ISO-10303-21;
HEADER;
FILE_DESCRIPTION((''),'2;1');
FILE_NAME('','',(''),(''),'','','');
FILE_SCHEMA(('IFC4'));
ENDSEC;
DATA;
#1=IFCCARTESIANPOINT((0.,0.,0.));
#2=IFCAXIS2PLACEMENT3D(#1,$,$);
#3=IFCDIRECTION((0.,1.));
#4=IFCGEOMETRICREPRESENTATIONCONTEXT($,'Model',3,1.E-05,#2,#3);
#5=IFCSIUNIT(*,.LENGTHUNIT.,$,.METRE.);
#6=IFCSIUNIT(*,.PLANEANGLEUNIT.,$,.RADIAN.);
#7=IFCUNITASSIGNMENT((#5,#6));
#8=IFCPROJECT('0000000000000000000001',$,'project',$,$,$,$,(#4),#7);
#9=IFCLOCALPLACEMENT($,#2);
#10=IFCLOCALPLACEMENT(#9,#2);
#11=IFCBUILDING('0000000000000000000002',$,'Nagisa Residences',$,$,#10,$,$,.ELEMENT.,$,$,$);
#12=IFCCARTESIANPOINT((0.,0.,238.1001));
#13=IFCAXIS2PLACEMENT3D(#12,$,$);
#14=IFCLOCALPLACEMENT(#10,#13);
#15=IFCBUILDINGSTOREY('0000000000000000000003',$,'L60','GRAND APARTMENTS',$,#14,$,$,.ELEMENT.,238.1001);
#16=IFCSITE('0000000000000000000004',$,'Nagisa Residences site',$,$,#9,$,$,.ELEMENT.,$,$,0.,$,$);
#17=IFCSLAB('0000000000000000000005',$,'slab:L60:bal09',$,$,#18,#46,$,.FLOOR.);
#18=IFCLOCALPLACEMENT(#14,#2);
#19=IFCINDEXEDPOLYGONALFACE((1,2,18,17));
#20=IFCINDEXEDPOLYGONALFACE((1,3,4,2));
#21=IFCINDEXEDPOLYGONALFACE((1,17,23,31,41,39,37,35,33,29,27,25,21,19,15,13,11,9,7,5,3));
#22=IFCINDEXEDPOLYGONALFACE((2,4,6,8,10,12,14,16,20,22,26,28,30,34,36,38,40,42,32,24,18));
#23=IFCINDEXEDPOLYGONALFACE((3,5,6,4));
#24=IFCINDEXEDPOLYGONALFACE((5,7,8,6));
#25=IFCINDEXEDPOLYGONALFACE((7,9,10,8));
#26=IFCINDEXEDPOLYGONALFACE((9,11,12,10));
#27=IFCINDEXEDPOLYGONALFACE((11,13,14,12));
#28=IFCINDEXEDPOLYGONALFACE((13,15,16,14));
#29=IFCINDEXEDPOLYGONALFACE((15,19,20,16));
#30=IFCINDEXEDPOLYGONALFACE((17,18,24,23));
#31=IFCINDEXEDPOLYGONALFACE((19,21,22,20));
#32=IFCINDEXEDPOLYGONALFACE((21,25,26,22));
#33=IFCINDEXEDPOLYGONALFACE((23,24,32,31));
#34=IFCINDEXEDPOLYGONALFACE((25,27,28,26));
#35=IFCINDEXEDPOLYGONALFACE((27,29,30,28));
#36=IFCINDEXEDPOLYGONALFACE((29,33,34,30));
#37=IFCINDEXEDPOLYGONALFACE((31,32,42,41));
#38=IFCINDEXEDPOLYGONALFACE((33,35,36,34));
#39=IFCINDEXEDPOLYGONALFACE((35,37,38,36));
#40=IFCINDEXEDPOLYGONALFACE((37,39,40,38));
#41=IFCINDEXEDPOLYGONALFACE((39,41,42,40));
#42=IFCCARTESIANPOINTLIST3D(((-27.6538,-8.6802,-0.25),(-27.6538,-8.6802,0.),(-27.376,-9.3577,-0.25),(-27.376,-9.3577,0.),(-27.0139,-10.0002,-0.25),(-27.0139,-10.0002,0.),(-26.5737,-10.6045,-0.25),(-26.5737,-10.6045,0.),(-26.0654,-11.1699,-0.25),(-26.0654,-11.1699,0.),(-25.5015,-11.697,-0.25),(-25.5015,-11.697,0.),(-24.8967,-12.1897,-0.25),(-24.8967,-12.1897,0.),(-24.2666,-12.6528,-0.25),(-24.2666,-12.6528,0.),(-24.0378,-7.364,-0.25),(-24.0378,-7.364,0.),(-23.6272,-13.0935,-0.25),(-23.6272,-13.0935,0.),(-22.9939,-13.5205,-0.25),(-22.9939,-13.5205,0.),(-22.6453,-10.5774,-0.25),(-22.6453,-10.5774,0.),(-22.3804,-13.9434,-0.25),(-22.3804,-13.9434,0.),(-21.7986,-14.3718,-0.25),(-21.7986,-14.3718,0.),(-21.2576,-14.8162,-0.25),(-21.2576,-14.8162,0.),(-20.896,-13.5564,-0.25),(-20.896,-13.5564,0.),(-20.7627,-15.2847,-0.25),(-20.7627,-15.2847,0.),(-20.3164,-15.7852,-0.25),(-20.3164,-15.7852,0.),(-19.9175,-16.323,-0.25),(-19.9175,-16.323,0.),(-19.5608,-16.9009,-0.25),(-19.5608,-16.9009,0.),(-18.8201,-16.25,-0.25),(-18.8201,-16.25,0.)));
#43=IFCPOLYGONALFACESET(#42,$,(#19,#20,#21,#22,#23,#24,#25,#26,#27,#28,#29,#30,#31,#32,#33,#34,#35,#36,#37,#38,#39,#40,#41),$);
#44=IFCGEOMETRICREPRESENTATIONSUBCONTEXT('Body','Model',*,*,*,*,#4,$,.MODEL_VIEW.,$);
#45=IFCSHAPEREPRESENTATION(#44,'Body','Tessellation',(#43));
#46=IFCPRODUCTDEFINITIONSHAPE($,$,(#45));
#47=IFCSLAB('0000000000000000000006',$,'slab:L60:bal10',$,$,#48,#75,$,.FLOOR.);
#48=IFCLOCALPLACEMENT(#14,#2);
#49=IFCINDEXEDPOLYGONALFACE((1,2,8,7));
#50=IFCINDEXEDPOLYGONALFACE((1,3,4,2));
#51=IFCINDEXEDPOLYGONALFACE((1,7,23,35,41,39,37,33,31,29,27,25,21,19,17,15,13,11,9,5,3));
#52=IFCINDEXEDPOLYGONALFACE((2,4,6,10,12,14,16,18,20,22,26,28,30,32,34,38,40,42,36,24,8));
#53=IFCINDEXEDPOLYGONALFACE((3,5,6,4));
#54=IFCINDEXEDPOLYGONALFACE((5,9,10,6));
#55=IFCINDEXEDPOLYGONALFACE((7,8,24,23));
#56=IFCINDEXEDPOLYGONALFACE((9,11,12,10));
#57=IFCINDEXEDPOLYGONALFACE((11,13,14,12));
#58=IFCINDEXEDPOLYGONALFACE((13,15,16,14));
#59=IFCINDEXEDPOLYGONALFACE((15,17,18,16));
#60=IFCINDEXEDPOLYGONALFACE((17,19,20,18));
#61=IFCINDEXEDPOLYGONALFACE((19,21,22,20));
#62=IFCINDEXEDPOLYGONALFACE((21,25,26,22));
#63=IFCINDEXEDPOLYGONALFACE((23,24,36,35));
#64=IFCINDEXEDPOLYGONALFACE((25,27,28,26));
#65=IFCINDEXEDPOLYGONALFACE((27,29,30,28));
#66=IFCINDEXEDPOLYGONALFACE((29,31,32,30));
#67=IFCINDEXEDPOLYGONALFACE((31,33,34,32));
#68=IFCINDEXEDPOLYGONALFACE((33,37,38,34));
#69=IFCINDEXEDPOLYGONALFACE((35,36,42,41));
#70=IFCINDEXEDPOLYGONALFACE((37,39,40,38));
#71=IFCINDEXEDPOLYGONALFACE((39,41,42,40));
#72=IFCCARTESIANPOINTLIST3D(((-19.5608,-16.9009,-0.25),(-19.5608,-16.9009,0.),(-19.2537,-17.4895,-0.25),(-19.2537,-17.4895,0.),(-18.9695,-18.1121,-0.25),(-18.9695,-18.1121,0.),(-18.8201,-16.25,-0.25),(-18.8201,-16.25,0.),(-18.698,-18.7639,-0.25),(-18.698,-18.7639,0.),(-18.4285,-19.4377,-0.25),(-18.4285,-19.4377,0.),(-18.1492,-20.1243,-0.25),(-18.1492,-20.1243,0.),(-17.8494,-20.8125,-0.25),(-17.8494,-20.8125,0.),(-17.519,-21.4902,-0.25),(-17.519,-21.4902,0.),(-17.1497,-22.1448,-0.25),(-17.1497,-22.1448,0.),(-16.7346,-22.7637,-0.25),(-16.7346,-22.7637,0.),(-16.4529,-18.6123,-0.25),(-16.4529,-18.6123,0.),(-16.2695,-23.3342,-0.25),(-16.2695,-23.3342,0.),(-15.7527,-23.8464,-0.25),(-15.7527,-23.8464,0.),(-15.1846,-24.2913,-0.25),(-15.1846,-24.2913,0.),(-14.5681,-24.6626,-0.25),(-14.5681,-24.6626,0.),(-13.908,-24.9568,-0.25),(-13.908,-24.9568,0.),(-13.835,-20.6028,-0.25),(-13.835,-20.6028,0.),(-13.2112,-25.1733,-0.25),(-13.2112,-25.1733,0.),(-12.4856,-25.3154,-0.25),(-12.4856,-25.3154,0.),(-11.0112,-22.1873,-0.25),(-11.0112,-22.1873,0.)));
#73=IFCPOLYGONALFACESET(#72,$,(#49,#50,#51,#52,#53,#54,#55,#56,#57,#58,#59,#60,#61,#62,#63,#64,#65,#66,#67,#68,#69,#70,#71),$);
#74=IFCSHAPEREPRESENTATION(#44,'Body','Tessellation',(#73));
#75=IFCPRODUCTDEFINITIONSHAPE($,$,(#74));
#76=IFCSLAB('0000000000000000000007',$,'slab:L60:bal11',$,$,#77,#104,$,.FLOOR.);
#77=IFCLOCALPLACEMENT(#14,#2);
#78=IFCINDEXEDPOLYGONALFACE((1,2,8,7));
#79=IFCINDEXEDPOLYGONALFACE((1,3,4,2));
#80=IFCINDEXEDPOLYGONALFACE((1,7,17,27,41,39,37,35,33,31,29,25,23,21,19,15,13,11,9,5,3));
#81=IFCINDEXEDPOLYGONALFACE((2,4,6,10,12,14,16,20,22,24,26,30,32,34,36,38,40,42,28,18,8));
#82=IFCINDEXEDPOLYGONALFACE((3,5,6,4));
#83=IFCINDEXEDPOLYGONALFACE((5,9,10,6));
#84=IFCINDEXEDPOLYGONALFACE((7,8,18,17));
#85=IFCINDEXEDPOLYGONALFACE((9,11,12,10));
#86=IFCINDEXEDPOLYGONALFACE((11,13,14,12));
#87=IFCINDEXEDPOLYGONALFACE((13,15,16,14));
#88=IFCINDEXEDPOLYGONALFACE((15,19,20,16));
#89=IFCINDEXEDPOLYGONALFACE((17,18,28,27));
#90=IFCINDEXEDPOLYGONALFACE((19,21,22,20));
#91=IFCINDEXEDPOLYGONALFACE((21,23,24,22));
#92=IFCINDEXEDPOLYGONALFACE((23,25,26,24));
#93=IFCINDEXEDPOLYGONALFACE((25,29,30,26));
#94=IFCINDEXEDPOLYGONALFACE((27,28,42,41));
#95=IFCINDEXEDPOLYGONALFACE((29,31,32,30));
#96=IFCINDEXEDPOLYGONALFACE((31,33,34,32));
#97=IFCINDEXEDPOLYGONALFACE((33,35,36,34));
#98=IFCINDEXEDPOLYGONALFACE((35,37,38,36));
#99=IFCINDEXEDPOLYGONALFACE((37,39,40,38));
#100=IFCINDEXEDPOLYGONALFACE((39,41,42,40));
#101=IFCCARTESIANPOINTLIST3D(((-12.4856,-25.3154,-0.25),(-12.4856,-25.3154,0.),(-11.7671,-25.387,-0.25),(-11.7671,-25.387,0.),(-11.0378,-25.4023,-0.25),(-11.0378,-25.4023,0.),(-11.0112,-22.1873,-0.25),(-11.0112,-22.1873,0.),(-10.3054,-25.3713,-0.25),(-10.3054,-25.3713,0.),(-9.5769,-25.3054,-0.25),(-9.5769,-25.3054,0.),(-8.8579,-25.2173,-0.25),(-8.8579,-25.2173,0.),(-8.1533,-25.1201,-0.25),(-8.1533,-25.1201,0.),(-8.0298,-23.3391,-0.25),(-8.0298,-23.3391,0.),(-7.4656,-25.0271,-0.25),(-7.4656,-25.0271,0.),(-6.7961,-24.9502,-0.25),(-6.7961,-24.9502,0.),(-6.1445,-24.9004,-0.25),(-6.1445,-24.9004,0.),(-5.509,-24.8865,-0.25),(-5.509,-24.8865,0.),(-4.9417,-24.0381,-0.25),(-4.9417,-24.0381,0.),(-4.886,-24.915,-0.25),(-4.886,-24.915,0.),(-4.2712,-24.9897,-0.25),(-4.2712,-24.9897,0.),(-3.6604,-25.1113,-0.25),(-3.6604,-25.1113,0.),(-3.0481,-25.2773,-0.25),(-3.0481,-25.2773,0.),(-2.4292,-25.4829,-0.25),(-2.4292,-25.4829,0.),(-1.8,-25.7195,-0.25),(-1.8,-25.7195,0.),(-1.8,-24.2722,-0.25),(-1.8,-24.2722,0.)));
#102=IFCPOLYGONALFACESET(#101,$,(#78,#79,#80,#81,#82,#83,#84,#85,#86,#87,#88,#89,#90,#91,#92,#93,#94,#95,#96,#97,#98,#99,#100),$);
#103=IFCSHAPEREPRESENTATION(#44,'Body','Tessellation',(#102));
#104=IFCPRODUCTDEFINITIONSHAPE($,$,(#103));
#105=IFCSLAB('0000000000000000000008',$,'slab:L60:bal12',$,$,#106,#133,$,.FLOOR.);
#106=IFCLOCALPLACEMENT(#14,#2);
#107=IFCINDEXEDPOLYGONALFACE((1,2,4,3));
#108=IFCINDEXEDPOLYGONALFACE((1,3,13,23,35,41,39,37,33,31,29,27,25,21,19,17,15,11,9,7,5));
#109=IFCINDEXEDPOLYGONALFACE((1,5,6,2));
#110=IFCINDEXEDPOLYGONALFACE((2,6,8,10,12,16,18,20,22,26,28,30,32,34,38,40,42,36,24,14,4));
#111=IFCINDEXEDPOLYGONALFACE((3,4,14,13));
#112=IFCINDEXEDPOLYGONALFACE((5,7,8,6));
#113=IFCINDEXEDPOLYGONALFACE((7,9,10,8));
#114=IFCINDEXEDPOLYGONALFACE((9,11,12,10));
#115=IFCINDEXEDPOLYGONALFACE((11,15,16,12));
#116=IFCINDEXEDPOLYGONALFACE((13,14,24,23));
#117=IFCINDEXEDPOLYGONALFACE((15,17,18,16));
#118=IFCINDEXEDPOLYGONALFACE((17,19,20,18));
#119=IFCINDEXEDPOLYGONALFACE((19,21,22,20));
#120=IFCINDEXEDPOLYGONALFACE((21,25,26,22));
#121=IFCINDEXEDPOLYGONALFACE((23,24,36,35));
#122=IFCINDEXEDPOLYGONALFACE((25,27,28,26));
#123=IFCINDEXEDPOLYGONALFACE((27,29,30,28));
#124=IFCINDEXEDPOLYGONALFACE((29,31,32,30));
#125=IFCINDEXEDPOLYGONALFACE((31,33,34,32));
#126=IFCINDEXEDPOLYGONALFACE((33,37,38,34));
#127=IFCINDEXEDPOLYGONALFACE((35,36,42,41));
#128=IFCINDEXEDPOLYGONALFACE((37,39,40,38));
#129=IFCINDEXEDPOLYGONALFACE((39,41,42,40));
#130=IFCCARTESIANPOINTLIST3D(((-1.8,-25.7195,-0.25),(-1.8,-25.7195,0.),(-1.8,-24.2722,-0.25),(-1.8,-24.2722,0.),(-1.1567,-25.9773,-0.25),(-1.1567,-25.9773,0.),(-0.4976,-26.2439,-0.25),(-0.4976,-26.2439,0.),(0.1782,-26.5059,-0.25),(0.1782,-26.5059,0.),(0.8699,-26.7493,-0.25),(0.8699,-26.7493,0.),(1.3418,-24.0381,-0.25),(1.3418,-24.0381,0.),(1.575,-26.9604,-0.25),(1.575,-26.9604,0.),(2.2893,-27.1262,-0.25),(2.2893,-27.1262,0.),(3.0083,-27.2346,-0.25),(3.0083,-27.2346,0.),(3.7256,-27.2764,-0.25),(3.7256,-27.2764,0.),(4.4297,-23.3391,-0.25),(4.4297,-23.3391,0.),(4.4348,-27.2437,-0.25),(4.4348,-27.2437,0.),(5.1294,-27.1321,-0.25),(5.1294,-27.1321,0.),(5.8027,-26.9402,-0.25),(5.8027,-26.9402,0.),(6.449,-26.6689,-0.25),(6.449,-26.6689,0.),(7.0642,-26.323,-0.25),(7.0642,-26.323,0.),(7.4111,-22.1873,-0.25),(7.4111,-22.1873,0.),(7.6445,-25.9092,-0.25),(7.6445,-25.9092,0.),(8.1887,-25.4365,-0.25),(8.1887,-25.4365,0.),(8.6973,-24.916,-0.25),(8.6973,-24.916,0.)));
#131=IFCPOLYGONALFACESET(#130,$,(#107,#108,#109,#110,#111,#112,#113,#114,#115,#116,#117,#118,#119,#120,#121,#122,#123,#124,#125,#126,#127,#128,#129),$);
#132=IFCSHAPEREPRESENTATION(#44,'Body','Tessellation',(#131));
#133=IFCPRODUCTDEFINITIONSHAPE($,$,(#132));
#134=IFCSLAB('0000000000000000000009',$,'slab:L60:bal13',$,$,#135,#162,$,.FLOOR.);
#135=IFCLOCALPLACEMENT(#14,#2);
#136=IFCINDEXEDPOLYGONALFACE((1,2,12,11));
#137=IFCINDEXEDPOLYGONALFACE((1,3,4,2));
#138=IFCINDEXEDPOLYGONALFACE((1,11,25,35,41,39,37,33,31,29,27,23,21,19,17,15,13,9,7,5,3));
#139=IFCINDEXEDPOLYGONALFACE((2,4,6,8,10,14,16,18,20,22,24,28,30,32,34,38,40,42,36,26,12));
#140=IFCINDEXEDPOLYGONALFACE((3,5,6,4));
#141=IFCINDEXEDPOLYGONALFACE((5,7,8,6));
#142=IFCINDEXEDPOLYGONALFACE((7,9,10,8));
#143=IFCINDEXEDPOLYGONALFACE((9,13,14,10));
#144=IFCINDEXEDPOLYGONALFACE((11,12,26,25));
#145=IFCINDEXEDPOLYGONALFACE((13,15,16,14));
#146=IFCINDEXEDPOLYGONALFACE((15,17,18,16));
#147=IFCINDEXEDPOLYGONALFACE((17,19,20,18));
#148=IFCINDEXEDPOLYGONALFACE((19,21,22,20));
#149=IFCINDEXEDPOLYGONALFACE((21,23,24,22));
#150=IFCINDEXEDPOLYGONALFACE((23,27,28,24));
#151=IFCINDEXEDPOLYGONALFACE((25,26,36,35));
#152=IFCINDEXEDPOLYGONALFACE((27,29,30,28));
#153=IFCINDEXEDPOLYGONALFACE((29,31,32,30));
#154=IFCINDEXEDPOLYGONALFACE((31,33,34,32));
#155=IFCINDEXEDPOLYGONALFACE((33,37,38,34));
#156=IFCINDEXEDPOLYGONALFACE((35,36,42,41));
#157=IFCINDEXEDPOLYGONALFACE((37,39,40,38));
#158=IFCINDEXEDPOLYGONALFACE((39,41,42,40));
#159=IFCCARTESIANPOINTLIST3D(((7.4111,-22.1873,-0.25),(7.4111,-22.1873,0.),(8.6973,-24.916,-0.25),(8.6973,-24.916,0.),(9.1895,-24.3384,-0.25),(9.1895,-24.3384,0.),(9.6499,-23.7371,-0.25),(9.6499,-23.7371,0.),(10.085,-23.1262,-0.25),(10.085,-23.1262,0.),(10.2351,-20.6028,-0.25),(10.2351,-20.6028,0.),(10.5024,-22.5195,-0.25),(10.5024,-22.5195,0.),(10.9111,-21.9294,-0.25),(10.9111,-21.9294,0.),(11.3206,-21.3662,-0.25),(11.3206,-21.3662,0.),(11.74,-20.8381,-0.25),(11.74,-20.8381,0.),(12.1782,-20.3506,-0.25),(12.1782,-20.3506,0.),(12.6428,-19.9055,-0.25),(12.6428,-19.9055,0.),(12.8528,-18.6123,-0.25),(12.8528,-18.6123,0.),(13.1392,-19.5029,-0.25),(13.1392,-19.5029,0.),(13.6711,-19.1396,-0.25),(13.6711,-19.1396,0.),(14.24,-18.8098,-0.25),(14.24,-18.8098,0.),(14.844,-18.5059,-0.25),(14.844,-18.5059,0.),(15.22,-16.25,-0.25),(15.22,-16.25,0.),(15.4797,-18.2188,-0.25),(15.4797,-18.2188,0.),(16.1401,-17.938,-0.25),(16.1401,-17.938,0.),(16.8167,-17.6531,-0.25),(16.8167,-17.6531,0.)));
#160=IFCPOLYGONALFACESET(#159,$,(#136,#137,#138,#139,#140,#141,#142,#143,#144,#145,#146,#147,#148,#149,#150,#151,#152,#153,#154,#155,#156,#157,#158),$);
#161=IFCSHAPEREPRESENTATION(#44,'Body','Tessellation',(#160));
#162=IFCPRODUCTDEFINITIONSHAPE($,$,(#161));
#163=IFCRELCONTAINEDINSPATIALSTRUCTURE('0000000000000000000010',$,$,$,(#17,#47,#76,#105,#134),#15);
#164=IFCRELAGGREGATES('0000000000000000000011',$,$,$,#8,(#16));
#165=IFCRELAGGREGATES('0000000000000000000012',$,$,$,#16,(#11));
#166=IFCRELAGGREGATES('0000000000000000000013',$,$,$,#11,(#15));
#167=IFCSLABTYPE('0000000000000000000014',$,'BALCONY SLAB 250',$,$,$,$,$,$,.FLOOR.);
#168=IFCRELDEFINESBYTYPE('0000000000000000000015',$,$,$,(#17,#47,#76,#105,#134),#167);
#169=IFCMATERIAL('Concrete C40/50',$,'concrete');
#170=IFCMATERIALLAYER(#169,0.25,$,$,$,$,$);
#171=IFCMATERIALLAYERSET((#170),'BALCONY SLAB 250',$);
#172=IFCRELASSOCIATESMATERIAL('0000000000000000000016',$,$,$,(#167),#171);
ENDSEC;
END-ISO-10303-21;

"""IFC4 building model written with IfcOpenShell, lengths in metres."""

from ifc_helpers import new_model, si_unit, direction, frame, origin, place, context, subcontext, project, spatial, polyline, outline, extrude, material, layer, layer_set, type_object, element, save


model = new_model("IFC4")

# Units and contexts
model_context = context("Model", 3, precision=1e-05, world=origin(), true_north=direction((0.0, 1.0)))
body_context = subcontext(model_context, "Body", "Model", "MODEL_VIEW")
ifc_project = project(units=[si_unit("LENGTHUNIT", "METRE"), si_unit("PLANEANGLEUNIT", "RADIAN")], contexts=[model_context])

# Site, building, storey
site_placement = place(None, origin())
site = spatial("IfcSite", under=ifc_project, at=site_placement, Name="Nagisa Residences site", CompositionType="ELEMENT", RefElevation=0.0)
building_placement = place(site_placement, origin())
building = spatial("IfcBuilding", under=site, at=building_placement, Name="Nagisa Residences", CompositionType="ELEMENT")
storey_placement = place(building_placement, frame((0.0, 0.0, 238.1001)))
storey = spatial("IfcBuildingStorey", under=building, at=storey_placement, Name="L60", Description="GRAND APARTMENTS", CompositionType="ELEMENT", Elevation=238.1001)

# Slabs
ifc_material_1 = material(Name="Concrete C40/50", Category="concrete")
ifc_layer_1 = layer(ifc_material_1, 0.25)
ifc_layer_set_1 = layer_set([ifc_layer_1], Name="BALCONY SLAB 250")
slab_type = type_object("IfcSlabType", Name="BALCONY SLAB 250", PredefinedType="FLOOR", material=ifc_layer_set_1)
slab_1_placement = place(storey_placement, frame((0.0, 0.0, -0.25)))
element("IfcSlab", 1, at=slab_1_placement, inside=storey, type_object=slab_type, Name="slab:L60:bal09", PredefinedType="FLOOR", context=body_context, shape_type="SweptSolid", body=[
    extrude(outline(polyline([(-27.6538, -8.6802), (-27.376, -9.3577), (-27.0139, -10.0002), (-26.5737, -10.6045), (-26.0654, -11.1699), (-25.5015, -11.697), (-24.8967, -12.1897), (-24.2666, -12.6528), (-23.6272, -13.0935), (-22.9939, -13.5205), (-22.3804, -13.9434), (-21.7986, -14.3718), (-21.2576, -14.8162), (-20.7627, -15.2847), (-20.3164, -15.7852), (-19.9175, -16.323), (-19.5608, -16.9009), (-18.8201, -16.25), (-20.896, -13.5564), (-22.6453, -10.5774), (-24.0378, -7.364), (-27.6538, -8.6802)])), origin(), (0.0, 0.0, 1.0), 0.25),
])
slab_2_placement = place(storey_placement, frame((0.0, 0.0, -0.25)))
element("IfcSlab", 2, at=slab_2_placement, inside=storey, type_object=slab_type, Name="slab:L60:bal10", PredefinedType="FLOOR", context=body_context, shape_type="SweptSolid", body=[
    extrude(outline(polyline([(-19.5608, -16.9009), (-19.2537, -17.4895), (-18.9695, -18.1121), (-18.698, -18.7639), (-18.4285, -19.4377), (-18.1492, -20.1243), (-17.8494, -20.8125), (-17.519, -21.4902), (-17.1497, -22.1448), (-16.7346, -22.7637), (-16.2695, -23.3342), (-15.7527, -23.8464), (-15.1846, -24.2913), (-14.5681, -24.6626), (-13.908, -24.9568), (-13.2112, -25.1733), (-12.4856, -25.3154), (-11.0112, -22.1873), (-13.835, -20.6028), (-16.4529, -18.6123), (-18.8201, -16.25), (-19.5608, -16.9009)])), origin(), (0.0, 0.0, 1.0), 0.25),
])
slab_3_placement = place(storey_placement, frame((0.0, 0.0, -0.25)))
element("IfcSlab", 3, at=slab_3_placement, inside=storey, type_object=slab_type, Name="slab:L60:bal11", PredefinedType="FLOOR", context=body_context, shape_type="SweptSolid", body=[
    extrude(outline(polyline([(-12.4856, -25.3154), (-11.7671, -25.387), (-11.0378, -25.4023), (-10.3054, -25.3713), (-9.5769, -25.3054), (-8.8579, -25.2173), (-8.1533, -25.1201), (-7.4656, -25.0271), (-6.7961, -24.9502), (-6.1445, -24.9004), (-5.509, -24.8865), (-4.886, -24.915), (-4.2712, -24.9897), (-3.6604, -25.1113), (-3.0481, -25.2773), (-2.4292, -25.4829), (-1.8, -25.7195), (-1.8, -24.2722), (-4.9417, -24.0381), (-8.0298, -23.3391), (-11.0112, -22.1873), (-12.4856, -25.3154)])), origin(), (0.0, 0.0, 1.0), 0.25),
])
slab_4_placement = place(storey_placement, frame((0.0, 0.0, -0.25)))
element("IfcSlab", 4, at=slab_4_placement, inside=storey, type_object=slab_type, Name="slab:L60:bal12", PredefinedType="FLOOR", context=body_context, shape_type="SweptSolid", body=[
    extrude(outline(polyline([(-1.8, -25.7195), (-1.1567, -25.9773), (-0.4976, -26.2439), (0.1782, -26.5059), (0.8699, -26.7493), (1.575, -26.9604), (2.2893, -27.1262), (3.0083, -27.2346), (3.7256, -27.2764), (4.4348, -27.2437), (5.1294, -27.1321), (5.8027, -26.9402), (6.449, -26.6689), (7.0642, -26.323), (7.6445, -25.9092), (8.1887, -25.4365), (8.6973, -24.916), (7.4111, -22.1873), (4.4297, -23.3391), (1.3418, -24.0381), (-1.8, -24.2722), (-1.8, -25.7195)])), origin(), (0.0, 0.0, 1.0), 0.25),
])
slab_5_placement = place(storey_placement, frame((0.0, 0.0, -0.25)))
element("IfcSlab", 5, at=slab_5_placement, inside=storey, type_object=slab_type, Name="slab:L60:bal13", PredefinedType="FLOOR", context=body_context, shape_type="SweptSolid", body=[
    extrude(outline(polyline([(8.6973, -24.916), (9.1895, -24.3384), (9.6499, -23.7371), (10.085, -23.1262), (10.5024, -22.5195), (10.9111, -21.9294), (11.3206, -21.3662), (11.74, -20.8381), (12.1782, -20.3506), (12.6428, -19.9055), (13.1392, -19.5029), (13.6711, -19.1396), (14.24, -18.8098), (14.844, -18.5059), (15.4797, -18.2188), (16.1401, -17.938), (16.8167, -17.6531), (15.22, -16.25), (12.8528, -18.6123), (10.2351, -20.6028), (7.4111, -22.1873), (8.6973, -24.916)])), origin(), (0.0, 0.0, 1.0), 0.25),
])

save(model, "model.ifc")
